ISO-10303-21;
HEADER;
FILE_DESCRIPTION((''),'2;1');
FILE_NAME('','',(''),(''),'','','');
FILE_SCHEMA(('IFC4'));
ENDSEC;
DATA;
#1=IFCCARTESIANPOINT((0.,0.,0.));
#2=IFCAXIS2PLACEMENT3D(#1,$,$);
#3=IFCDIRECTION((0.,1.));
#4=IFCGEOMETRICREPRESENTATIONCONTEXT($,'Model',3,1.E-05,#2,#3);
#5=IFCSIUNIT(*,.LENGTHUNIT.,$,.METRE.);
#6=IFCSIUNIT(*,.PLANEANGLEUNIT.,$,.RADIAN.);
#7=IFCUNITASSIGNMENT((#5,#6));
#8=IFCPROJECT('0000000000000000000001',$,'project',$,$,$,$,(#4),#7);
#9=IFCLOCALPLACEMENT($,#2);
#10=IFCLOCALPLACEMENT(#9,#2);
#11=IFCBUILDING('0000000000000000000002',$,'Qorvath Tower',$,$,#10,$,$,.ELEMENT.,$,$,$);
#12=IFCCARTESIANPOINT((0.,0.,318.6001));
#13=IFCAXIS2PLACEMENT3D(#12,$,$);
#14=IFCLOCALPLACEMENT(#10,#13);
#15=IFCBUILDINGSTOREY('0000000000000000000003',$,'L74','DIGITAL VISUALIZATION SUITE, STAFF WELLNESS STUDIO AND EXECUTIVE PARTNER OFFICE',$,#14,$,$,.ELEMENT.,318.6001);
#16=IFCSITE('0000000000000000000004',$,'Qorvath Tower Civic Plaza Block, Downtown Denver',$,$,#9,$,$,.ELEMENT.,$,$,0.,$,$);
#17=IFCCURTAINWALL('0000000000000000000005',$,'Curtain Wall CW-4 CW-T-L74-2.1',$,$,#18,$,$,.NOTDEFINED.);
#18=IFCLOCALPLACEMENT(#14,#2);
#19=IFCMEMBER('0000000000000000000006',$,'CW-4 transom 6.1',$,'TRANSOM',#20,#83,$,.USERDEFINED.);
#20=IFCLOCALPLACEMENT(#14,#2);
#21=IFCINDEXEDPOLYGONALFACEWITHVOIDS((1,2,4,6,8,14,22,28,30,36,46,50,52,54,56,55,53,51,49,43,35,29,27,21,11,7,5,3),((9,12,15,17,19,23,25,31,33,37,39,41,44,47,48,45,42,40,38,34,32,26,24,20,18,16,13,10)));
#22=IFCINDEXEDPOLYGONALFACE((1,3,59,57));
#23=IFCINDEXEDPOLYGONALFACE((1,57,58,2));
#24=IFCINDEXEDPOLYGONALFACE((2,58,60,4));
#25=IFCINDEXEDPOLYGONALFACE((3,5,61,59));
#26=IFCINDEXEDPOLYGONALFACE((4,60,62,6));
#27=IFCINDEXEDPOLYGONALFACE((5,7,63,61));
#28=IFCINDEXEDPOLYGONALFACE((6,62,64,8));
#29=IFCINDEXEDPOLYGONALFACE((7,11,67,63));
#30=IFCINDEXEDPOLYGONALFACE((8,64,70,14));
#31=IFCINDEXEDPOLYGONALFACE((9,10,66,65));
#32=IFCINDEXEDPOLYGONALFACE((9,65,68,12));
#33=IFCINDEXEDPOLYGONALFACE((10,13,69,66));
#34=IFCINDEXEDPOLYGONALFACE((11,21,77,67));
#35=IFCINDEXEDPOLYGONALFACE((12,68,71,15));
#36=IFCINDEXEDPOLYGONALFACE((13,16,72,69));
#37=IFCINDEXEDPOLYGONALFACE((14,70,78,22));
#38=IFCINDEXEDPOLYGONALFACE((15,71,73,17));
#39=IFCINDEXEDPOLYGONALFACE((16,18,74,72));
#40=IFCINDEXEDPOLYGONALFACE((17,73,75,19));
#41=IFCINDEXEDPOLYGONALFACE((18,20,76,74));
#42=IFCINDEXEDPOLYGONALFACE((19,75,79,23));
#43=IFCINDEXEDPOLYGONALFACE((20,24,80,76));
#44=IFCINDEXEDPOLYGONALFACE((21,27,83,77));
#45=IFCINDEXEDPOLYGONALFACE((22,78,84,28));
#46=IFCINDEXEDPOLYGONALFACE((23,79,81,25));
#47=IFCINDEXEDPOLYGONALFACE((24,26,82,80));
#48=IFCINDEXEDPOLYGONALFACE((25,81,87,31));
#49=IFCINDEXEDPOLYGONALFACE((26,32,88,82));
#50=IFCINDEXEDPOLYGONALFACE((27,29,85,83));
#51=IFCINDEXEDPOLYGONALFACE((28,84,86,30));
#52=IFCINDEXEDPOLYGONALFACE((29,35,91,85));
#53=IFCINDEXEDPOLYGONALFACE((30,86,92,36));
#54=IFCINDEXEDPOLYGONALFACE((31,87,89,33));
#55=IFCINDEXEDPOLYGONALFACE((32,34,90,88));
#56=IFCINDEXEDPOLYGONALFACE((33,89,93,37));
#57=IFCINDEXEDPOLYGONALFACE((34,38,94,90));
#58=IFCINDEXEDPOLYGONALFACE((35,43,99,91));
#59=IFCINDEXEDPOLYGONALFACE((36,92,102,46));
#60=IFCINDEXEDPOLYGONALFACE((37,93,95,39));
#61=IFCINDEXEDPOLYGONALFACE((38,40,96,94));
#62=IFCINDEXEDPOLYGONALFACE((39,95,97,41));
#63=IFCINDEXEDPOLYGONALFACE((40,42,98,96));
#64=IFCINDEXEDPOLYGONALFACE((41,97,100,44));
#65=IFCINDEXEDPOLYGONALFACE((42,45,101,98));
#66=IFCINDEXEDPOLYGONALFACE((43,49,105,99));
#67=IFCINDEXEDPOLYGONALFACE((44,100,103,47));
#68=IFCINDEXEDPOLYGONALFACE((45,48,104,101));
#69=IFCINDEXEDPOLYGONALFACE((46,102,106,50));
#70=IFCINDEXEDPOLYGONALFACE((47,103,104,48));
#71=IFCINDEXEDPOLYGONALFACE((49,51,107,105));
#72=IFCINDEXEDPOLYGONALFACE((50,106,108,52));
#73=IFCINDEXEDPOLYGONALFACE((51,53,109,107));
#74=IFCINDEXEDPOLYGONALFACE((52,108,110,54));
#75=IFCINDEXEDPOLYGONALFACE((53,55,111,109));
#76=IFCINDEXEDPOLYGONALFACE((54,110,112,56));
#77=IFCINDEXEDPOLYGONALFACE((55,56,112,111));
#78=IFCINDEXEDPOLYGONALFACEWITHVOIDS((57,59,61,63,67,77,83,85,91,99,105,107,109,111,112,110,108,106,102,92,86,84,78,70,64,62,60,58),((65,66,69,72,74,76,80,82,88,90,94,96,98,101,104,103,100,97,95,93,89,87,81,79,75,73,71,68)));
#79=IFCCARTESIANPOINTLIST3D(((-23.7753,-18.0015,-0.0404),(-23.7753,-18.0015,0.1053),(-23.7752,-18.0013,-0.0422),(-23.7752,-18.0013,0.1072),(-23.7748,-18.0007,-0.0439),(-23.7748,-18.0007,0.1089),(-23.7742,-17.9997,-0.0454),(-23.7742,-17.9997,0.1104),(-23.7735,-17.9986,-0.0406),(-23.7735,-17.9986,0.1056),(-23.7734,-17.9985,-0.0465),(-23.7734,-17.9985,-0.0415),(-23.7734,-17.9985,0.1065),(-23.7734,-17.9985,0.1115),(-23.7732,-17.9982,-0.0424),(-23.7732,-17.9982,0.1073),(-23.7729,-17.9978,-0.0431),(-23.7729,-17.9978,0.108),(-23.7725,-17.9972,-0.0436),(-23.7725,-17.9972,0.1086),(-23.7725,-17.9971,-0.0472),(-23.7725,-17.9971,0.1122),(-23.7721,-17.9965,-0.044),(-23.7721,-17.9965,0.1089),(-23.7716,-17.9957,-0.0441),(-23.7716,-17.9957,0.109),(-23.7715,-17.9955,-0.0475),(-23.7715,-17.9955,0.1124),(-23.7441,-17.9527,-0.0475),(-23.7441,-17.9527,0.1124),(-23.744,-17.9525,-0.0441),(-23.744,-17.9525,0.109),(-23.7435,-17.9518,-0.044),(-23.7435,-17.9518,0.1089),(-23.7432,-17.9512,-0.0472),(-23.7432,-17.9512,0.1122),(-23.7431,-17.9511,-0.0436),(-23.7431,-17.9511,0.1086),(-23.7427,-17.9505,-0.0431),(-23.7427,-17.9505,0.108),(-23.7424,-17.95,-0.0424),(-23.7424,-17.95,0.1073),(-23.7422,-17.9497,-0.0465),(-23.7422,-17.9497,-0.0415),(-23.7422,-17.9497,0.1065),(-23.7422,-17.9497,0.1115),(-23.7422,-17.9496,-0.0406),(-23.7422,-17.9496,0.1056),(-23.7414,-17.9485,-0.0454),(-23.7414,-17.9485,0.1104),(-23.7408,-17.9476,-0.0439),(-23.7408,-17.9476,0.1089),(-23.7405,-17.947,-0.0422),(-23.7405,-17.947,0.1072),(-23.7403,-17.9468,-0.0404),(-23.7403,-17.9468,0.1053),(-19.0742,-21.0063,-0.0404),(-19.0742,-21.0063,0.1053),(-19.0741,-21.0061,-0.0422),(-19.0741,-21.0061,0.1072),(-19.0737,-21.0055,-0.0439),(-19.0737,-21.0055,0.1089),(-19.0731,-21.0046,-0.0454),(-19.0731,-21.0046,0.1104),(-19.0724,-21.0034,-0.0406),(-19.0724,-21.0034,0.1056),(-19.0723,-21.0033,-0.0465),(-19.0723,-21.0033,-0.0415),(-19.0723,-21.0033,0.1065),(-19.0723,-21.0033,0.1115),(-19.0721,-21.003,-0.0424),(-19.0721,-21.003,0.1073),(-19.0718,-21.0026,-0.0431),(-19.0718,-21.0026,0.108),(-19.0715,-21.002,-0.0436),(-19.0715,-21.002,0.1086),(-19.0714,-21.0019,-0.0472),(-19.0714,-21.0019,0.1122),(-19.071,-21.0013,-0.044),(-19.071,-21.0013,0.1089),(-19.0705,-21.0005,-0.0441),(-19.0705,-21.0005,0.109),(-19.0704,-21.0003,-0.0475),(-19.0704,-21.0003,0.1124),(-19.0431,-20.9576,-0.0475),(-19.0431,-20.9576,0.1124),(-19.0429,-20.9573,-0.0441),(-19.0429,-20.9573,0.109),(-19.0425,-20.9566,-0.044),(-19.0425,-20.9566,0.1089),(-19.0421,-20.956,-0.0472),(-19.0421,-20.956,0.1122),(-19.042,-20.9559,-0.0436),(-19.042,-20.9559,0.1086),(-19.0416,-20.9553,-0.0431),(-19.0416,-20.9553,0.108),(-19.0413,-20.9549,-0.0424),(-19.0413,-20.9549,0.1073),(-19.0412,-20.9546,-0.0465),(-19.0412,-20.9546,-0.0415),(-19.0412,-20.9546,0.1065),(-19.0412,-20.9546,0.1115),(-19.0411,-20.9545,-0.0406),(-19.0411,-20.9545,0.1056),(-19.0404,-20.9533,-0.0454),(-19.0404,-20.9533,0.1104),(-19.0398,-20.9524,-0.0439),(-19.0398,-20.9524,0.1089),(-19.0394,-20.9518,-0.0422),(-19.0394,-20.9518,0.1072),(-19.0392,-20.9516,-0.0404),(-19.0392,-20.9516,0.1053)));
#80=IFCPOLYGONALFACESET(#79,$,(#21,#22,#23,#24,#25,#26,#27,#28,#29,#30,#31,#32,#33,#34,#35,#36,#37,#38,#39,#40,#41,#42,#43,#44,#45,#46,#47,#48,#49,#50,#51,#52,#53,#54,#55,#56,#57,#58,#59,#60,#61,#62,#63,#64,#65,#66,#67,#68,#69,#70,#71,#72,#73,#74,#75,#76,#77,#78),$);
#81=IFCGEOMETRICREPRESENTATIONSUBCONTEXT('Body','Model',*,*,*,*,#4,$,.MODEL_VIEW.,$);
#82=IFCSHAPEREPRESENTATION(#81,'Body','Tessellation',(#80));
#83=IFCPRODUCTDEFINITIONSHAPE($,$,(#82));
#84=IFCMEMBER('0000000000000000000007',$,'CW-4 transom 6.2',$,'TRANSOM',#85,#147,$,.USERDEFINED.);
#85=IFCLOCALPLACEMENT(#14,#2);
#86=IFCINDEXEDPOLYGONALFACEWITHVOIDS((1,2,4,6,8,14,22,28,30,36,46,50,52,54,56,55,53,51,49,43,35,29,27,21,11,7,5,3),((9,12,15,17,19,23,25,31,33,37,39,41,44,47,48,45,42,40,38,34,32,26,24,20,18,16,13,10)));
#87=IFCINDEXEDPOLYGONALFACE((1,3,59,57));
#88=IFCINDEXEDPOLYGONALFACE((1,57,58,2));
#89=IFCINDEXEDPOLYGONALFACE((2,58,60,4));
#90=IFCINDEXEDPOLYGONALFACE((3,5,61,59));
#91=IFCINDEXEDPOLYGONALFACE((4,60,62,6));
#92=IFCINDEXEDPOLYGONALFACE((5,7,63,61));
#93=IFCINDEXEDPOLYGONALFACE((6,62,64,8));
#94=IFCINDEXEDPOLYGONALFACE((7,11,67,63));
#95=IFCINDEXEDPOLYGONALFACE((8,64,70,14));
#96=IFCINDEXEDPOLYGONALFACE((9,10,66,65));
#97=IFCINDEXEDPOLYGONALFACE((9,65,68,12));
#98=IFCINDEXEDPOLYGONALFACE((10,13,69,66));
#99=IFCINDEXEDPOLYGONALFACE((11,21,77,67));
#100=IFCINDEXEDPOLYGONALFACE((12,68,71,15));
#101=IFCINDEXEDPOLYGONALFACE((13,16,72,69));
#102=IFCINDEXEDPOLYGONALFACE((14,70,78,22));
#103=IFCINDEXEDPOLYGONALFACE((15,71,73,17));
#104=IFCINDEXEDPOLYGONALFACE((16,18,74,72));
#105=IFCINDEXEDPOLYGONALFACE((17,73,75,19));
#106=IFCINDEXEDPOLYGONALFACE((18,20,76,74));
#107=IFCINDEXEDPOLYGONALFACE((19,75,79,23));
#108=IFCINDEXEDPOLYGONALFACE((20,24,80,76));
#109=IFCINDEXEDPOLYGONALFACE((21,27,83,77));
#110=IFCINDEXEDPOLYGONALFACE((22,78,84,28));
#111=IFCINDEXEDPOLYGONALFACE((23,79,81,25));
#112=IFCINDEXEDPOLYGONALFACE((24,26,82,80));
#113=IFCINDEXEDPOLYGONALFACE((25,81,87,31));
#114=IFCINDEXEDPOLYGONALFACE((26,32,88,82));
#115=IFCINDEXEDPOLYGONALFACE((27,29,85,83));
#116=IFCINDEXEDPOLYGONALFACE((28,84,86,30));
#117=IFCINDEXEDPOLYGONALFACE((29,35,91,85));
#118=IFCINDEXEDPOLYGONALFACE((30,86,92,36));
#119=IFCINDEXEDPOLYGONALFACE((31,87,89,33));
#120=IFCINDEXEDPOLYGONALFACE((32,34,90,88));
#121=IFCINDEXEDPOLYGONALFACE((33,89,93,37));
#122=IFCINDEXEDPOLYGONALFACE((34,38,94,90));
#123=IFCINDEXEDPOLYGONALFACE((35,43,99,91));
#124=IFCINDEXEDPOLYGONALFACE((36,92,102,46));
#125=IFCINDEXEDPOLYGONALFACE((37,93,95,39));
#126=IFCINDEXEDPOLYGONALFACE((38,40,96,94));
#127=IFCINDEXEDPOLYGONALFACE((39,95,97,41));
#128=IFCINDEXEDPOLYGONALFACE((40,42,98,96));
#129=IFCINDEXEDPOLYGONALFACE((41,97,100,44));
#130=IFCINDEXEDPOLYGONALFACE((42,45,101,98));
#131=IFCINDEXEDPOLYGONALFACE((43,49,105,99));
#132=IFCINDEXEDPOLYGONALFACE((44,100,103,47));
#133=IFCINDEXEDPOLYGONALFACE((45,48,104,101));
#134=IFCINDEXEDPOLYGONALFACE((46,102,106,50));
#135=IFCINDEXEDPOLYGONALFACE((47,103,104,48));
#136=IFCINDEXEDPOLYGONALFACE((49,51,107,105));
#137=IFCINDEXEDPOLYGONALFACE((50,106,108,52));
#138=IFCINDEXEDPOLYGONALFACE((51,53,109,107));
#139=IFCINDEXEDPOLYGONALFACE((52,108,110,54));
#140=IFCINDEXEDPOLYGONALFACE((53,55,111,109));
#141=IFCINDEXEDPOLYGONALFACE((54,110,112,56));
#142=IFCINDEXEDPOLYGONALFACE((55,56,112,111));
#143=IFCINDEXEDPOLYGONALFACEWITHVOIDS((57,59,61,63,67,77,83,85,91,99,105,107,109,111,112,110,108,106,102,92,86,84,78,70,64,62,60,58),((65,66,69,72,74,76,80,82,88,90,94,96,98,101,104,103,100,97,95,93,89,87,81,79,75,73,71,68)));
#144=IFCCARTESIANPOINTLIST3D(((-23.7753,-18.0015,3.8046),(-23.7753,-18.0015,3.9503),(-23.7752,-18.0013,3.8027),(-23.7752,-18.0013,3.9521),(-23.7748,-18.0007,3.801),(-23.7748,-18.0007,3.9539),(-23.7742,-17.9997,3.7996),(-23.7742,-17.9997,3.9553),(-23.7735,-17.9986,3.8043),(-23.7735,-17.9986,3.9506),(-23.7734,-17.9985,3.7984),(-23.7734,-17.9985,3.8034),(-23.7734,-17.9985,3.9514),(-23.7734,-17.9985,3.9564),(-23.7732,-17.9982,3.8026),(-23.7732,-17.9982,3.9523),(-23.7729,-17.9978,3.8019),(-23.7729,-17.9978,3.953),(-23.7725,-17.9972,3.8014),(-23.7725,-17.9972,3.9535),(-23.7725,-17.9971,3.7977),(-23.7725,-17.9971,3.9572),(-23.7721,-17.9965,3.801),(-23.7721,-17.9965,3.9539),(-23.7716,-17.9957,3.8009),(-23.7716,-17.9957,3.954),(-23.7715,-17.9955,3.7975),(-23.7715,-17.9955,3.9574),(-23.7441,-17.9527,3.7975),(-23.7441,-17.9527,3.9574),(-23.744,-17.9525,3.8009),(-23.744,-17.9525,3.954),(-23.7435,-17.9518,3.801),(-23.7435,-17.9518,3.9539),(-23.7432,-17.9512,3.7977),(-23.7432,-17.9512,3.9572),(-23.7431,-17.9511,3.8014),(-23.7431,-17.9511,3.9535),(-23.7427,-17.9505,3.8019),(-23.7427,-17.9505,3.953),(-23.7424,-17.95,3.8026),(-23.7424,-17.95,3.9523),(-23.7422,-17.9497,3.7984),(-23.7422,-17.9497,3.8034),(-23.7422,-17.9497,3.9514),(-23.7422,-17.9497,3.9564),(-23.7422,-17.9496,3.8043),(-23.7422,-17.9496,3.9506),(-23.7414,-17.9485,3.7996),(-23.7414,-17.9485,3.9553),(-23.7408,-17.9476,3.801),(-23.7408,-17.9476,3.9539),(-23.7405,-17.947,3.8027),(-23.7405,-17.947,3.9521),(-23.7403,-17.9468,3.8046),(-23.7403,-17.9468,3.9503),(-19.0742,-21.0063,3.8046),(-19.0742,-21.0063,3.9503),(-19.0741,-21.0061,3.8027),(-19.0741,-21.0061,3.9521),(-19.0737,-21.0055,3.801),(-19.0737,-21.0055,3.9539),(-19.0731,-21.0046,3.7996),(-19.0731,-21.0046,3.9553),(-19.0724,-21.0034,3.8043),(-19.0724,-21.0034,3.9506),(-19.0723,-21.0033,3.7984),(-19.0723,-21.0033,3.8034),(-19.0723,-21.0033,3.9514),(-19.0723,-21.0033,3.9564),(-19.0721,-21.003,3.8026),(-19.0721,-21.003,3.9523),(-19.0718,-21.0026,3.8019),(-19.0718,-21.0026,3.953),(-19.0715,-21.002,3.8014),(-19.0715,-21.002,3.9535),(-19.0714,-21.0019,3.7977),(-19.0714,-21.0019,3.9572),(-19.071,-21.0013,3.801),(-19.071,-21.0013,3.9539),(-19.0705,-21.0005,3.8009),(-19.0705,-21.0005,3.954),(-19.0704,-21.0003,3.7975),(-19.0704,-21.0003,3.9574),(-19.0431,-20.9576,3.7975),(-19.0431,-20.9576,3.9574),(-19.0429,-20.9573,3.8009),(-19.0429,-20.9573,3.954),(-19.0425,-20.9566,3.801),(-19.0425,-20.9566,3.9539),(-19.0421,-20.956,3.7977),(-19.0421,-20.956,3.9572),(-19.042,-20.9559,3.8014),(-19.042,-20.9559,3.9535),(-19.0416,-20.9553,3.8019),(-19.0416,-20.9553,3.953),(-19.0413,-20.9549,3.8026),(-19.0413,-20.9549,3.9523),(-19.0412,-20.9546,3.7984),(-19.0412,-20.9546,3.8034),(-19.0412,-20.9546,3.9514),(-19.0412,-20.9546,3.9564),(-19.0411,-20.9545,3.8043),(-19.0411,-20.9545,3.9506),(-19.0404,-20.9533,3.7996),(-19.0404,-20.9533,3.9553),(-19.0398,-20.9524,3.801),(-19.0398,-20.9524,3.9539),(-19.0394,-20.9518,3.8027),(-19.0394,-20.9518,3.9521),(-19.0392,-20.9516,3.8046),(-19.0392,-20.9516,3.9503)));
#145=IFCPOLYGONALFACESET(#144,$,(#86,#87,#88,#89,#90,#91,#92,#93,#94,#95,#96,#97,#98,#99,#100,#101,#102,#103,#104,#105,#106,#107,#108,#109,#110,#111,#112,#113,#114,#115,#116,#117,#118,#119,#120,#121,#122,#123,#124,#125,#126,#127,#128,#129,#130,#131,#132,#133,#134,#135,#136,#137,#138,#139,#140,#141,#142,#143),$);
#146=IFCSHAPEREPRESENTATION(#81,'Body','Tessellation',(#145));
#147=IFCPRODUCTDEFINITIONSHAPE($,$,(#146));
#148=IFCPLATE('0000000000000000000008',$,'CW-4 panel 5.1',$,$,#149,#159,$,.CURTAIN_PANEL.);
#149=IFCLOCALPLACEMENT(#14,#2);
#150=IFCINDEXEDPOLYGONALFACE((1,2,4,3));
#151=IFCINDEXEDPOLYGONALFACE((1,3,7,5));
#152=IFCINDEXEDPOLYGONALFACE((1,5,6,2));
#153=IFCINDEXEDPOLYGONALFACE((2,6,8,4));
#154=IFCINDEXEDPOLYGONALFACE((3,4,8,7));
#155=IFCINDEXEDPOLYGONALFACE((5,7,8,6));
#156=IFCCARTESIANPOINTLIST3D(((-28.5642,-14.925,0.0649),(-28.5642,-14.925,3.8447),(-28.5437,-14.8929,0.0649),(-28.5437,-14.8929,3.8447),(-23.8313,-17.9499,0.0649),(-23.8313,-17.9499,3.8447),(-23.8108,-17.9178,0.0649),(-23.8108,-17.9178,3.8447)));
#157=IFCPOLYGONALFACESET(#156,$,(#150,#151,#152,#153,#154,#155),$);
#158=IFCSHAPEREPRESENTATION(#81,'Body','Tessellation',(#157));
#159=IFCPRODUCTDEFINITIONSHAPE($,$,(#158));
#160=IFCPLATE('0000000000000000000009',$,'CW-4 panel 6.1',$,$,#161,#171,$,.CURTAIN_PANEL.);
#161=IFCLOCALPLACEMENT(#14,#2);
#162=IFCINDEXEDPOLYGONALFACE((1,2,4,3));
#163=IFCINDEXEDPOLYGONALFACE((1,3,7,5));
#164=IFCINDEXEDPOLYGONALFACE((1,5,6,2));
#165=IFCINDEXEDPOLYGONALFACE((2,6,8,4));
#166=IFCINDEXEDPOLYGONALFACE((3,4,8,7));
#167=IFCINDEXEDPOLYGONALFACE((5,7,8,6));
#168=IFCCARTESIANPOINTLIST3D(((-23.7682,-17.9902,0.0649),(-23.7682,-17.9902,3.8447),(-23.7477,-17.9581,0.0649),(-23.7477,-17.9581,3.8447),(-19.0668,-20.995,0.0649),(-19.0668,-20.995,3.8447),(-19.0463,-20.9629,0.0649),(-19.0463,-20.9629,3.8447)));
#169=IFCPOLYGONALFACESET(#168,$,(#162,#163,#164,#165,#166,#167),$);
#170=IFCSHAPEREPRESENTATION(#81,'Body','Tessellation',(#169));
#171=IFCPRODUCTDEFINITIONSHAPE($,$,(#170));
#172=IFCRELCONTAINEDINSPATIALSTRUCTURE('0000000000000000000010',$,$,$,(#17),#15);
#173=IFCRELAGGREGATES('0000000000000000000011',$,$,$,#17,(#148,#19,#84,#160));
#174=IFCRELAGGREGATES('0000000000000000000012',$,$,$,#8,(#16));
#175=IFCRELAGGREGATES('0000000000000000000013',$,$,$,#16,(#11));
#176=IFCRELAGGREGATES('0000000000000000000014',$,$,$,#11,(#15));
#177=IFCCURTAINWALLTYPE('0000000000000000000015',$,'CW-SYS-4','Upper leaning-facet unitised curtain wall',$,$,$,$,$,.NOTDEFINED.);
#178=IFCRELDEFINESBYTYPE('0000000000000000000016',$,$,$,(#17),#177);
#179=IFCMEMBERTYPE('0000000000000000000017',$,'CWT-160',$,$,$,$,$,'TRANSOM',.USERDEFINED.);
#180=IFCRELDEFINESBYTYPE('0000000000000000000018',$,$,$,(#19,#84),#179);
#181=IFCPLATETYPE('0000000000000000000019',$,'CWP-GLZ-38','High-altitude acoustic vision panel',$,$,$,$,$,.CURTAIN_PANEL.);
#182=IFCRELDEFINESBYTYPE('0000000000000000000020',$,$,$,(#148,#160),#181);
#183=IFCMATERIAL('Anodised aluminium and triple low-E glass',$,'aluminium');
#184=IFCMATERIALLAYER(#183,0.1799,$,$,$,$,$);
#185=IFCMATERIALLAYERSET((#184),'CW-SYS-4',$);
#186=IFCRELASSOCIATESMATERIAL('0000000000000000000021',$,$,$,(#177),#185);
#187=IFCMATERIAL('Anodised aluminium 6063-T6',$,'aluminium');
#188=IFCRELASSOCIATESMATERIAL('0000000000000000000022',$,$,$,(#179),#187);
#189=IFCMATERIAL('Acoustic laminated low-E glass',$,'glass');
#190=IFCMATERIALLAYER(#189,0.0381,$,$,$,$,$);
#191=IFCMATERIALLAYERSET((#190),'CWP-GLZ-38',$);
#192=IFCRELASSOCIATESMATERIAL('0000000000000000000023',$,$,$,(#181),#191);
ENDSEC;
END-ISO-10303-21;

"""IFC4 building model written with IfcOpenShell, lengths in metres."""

from ifc_helpers import new_model, si_unit, direction, frame, origin, origin_2d, place, context, subcontext, project, spatial, rectangle, hollow_rectangle, extrude, material, layer, layer_set, material_profile, profile_set, type_object, element, aggregate, save


model = new_model("IFC4")

# Units and contexts
model_context = context("Model", 3, precision=1e-05, world=origin(), true_north=direction((0.0, 1.0)))
body_context = subcontext(model_context, "Body", "Model", "MODEL_VIEW")
ifc_project = project(units=[si_unit("LENGTHUNIT", "METRE"), si_unit("PLANEANGLEUNIT", "RADIAN")], contexts=[model_context])

# Site, building, storey
site_placement = place(None, origin())
site = spatial("IfcSite", under=ifc_project, at=site_placement, Name="Qorvath Tower Civic Plaza Block, Downtown Denver", CompositionType="ELEMENT", RefElevation=0.0)
building_placement = place(site_placement, origin())
building = spatial("IfcBuilding", under=site, at=building_placement, Name="Qorvath Tower", CompositionType="ELEMENT")
storey_placement = place(building_placement, frame((0.0, 0.0, 318.6001)))
storey = spatial("IfcBuildingStorey", under=building, at=storey_placement, Name="L74", Description="DIGITAL VISUALIZATION SUITE, STAFF WELLNESS STUDIO AND EXECUTIVE PARTNER OFFICE", CompositionType="ELEMENT", Elevation=318.6001)

# Curtain wall, members, plates
ifc_material_1 = material(Name="Anodised aluminium and triple low-E glass", Category="aluminium")
ifc_layer_1 = layer(ifc_material_1, 0.1799)
ifc_layer_set_1 = layer_set([ifc_layer_1], Name="CW-SYS-4")
curtain_wall_type = type_object("IfcCurtainWallType", Name="CW-SYS-4", Description="Upper leaning-facet unitised curtain wall", PredefinedType="NOTDEFINED", material=ifc_layer_set_1)
curtain_wall_placement = place(storey_placement, origin())
curtain_wall = element("IfcCurtainWall", 1, at=curtain_wall_placement, inside=storey, type_object=curtain_wall_type, Name="Curtain Wall CW-4 CW-T-L74-2.1", PredefinedType="NOTDEFINED")
ifc_material_2 = material(Name="Anodised aluminium 6063-T6", Category="aluminium")
ifc_material_profile_1 = material_profile(ifc_material_2, hollow_rectangle(XDim=0.0649, YDim=0.1599, WallThickness=0.0034, InnerFilletRadius=0.0034, OuterFilletRadius=0.0071, at=origin_2d()), Name="CWT 160x65")
ifc_profile_set_1 = profile_set([ifc_material_profile_1], Name="Anodised aluminium 6063-T6")
member_type_1 = type_object("IfcMemberType", Name="CWT-160", ElementType="TRANSOM", PredefinedType="USERDEFINED", material=ifc_profile_set_1)
member_1_placement = place(storey_placement, frame((-23.7578, -17.9741, 0.0325), z_axis=(0.842586, -0.538562, 0.0), x_axis=(0.538562, 0.842586, 0.0)))
member_1 = element("IfcMember", 2, at=member_1_placement, type_object=member_type_1, Name="CW-4 transom 6.1", ObjectType="TRANSOM", PredefinedType="USERDEFINED", context=body_context, shape_type="SweptSolid", body=[
    extrude(hollow_rectangle(XDim=0.0649, YDim=0.1599, WallThickness=0.0034, InnerFilletRadius=0.0034, OuterFilletRadius=0.0071, at=origin_2d()), origin(), (0.0, 0.0, 1.0), 5.5793),
])
member_2_placement = place(storey_placement, frame((-23.7578, -17.9741, 3.8774), z_axis=(0.842586, -0.538562, 0.0), x_axis=(0.538562, 0.842586, 0.0)))
member_2 = element("IfcMember", 3, at=member_2_placement, type_object=member_type_1, Name="CW-4 transom 6.2", ObjectType="TRANSOM", PredefinedType="USERDEFINED", context=body_context, shape_type="SweptSolid", body=[
    extrude(hollow_rectangle(XDim=0.0649, YDim=0.1599, WallThickness=0.0034, InnerFilletRadius=0.0034, OuterFilletRadius=0.0071, at=origin_2d()), origin(), (0.0, 0.0, 1.0), 5.5793),
])
ifc_material_3 = material(Name="Acoustic laminated low-E glass", Category="glass")
ifc_layer_2 = layer(ifc_material_3, 0.0381)
ifc_layer_set_2 = layer_set([ifc_layer_2], Name="CWP-GLZ-38")
plate_type = type_object("IfcPlateType", Name="CWP-GLZ-38", Description="High-altitude acoustic vision panel", PredefinedType="CURTAIN_PANEL", material=ifc_layer_set_2)
plate_1_placement = place(storey_placement, frame((-26.1875, -16.4214, 0.0649), z_axis=(0.0, 0.0, 1.0), x_axis=(0.842605, -0.538532, 0.0)))
plate_1 = element("IfcPlate", 4, at=plate_1_placement, type_object=plate_type, Name="CW-4 panel 5.1", PredefinedType="CURTAIN_PANEL", context=body_context, shape_type="SweptSolid", body=[
    extrude(rectangle(XDim=5.6169, YDim=0.0381, at=origin_2d()), origin(), (0.0, 0.0, 1.0), 3.7798),
])
plate_2_placement = place(storey_placement, frame((-21.4072, -19.4766, 0.0649), z_axis=(0.0, 0.0, 1.0), x_axis=(0.842605, -0.538532, 0.0)))
plate_2 = element("IfcPlate", 5, at=plate_2_placement, type_object=plate_type, Name="CW-4 panel 6.1", PredefinedType="CURTAIN_PANEL", context=body_context, shape_type="SweptSolid", body=[
    extrude(rectangle(XDim=5.5796, YDim=0.0381, at=origin_2d()), origin(), (0.0, 0.0, 1.0), 3.7798),
])
aggregate(curtain_wall, [plate_1, member_1, member_2, plate_2])

save(model, "model.ifc")
